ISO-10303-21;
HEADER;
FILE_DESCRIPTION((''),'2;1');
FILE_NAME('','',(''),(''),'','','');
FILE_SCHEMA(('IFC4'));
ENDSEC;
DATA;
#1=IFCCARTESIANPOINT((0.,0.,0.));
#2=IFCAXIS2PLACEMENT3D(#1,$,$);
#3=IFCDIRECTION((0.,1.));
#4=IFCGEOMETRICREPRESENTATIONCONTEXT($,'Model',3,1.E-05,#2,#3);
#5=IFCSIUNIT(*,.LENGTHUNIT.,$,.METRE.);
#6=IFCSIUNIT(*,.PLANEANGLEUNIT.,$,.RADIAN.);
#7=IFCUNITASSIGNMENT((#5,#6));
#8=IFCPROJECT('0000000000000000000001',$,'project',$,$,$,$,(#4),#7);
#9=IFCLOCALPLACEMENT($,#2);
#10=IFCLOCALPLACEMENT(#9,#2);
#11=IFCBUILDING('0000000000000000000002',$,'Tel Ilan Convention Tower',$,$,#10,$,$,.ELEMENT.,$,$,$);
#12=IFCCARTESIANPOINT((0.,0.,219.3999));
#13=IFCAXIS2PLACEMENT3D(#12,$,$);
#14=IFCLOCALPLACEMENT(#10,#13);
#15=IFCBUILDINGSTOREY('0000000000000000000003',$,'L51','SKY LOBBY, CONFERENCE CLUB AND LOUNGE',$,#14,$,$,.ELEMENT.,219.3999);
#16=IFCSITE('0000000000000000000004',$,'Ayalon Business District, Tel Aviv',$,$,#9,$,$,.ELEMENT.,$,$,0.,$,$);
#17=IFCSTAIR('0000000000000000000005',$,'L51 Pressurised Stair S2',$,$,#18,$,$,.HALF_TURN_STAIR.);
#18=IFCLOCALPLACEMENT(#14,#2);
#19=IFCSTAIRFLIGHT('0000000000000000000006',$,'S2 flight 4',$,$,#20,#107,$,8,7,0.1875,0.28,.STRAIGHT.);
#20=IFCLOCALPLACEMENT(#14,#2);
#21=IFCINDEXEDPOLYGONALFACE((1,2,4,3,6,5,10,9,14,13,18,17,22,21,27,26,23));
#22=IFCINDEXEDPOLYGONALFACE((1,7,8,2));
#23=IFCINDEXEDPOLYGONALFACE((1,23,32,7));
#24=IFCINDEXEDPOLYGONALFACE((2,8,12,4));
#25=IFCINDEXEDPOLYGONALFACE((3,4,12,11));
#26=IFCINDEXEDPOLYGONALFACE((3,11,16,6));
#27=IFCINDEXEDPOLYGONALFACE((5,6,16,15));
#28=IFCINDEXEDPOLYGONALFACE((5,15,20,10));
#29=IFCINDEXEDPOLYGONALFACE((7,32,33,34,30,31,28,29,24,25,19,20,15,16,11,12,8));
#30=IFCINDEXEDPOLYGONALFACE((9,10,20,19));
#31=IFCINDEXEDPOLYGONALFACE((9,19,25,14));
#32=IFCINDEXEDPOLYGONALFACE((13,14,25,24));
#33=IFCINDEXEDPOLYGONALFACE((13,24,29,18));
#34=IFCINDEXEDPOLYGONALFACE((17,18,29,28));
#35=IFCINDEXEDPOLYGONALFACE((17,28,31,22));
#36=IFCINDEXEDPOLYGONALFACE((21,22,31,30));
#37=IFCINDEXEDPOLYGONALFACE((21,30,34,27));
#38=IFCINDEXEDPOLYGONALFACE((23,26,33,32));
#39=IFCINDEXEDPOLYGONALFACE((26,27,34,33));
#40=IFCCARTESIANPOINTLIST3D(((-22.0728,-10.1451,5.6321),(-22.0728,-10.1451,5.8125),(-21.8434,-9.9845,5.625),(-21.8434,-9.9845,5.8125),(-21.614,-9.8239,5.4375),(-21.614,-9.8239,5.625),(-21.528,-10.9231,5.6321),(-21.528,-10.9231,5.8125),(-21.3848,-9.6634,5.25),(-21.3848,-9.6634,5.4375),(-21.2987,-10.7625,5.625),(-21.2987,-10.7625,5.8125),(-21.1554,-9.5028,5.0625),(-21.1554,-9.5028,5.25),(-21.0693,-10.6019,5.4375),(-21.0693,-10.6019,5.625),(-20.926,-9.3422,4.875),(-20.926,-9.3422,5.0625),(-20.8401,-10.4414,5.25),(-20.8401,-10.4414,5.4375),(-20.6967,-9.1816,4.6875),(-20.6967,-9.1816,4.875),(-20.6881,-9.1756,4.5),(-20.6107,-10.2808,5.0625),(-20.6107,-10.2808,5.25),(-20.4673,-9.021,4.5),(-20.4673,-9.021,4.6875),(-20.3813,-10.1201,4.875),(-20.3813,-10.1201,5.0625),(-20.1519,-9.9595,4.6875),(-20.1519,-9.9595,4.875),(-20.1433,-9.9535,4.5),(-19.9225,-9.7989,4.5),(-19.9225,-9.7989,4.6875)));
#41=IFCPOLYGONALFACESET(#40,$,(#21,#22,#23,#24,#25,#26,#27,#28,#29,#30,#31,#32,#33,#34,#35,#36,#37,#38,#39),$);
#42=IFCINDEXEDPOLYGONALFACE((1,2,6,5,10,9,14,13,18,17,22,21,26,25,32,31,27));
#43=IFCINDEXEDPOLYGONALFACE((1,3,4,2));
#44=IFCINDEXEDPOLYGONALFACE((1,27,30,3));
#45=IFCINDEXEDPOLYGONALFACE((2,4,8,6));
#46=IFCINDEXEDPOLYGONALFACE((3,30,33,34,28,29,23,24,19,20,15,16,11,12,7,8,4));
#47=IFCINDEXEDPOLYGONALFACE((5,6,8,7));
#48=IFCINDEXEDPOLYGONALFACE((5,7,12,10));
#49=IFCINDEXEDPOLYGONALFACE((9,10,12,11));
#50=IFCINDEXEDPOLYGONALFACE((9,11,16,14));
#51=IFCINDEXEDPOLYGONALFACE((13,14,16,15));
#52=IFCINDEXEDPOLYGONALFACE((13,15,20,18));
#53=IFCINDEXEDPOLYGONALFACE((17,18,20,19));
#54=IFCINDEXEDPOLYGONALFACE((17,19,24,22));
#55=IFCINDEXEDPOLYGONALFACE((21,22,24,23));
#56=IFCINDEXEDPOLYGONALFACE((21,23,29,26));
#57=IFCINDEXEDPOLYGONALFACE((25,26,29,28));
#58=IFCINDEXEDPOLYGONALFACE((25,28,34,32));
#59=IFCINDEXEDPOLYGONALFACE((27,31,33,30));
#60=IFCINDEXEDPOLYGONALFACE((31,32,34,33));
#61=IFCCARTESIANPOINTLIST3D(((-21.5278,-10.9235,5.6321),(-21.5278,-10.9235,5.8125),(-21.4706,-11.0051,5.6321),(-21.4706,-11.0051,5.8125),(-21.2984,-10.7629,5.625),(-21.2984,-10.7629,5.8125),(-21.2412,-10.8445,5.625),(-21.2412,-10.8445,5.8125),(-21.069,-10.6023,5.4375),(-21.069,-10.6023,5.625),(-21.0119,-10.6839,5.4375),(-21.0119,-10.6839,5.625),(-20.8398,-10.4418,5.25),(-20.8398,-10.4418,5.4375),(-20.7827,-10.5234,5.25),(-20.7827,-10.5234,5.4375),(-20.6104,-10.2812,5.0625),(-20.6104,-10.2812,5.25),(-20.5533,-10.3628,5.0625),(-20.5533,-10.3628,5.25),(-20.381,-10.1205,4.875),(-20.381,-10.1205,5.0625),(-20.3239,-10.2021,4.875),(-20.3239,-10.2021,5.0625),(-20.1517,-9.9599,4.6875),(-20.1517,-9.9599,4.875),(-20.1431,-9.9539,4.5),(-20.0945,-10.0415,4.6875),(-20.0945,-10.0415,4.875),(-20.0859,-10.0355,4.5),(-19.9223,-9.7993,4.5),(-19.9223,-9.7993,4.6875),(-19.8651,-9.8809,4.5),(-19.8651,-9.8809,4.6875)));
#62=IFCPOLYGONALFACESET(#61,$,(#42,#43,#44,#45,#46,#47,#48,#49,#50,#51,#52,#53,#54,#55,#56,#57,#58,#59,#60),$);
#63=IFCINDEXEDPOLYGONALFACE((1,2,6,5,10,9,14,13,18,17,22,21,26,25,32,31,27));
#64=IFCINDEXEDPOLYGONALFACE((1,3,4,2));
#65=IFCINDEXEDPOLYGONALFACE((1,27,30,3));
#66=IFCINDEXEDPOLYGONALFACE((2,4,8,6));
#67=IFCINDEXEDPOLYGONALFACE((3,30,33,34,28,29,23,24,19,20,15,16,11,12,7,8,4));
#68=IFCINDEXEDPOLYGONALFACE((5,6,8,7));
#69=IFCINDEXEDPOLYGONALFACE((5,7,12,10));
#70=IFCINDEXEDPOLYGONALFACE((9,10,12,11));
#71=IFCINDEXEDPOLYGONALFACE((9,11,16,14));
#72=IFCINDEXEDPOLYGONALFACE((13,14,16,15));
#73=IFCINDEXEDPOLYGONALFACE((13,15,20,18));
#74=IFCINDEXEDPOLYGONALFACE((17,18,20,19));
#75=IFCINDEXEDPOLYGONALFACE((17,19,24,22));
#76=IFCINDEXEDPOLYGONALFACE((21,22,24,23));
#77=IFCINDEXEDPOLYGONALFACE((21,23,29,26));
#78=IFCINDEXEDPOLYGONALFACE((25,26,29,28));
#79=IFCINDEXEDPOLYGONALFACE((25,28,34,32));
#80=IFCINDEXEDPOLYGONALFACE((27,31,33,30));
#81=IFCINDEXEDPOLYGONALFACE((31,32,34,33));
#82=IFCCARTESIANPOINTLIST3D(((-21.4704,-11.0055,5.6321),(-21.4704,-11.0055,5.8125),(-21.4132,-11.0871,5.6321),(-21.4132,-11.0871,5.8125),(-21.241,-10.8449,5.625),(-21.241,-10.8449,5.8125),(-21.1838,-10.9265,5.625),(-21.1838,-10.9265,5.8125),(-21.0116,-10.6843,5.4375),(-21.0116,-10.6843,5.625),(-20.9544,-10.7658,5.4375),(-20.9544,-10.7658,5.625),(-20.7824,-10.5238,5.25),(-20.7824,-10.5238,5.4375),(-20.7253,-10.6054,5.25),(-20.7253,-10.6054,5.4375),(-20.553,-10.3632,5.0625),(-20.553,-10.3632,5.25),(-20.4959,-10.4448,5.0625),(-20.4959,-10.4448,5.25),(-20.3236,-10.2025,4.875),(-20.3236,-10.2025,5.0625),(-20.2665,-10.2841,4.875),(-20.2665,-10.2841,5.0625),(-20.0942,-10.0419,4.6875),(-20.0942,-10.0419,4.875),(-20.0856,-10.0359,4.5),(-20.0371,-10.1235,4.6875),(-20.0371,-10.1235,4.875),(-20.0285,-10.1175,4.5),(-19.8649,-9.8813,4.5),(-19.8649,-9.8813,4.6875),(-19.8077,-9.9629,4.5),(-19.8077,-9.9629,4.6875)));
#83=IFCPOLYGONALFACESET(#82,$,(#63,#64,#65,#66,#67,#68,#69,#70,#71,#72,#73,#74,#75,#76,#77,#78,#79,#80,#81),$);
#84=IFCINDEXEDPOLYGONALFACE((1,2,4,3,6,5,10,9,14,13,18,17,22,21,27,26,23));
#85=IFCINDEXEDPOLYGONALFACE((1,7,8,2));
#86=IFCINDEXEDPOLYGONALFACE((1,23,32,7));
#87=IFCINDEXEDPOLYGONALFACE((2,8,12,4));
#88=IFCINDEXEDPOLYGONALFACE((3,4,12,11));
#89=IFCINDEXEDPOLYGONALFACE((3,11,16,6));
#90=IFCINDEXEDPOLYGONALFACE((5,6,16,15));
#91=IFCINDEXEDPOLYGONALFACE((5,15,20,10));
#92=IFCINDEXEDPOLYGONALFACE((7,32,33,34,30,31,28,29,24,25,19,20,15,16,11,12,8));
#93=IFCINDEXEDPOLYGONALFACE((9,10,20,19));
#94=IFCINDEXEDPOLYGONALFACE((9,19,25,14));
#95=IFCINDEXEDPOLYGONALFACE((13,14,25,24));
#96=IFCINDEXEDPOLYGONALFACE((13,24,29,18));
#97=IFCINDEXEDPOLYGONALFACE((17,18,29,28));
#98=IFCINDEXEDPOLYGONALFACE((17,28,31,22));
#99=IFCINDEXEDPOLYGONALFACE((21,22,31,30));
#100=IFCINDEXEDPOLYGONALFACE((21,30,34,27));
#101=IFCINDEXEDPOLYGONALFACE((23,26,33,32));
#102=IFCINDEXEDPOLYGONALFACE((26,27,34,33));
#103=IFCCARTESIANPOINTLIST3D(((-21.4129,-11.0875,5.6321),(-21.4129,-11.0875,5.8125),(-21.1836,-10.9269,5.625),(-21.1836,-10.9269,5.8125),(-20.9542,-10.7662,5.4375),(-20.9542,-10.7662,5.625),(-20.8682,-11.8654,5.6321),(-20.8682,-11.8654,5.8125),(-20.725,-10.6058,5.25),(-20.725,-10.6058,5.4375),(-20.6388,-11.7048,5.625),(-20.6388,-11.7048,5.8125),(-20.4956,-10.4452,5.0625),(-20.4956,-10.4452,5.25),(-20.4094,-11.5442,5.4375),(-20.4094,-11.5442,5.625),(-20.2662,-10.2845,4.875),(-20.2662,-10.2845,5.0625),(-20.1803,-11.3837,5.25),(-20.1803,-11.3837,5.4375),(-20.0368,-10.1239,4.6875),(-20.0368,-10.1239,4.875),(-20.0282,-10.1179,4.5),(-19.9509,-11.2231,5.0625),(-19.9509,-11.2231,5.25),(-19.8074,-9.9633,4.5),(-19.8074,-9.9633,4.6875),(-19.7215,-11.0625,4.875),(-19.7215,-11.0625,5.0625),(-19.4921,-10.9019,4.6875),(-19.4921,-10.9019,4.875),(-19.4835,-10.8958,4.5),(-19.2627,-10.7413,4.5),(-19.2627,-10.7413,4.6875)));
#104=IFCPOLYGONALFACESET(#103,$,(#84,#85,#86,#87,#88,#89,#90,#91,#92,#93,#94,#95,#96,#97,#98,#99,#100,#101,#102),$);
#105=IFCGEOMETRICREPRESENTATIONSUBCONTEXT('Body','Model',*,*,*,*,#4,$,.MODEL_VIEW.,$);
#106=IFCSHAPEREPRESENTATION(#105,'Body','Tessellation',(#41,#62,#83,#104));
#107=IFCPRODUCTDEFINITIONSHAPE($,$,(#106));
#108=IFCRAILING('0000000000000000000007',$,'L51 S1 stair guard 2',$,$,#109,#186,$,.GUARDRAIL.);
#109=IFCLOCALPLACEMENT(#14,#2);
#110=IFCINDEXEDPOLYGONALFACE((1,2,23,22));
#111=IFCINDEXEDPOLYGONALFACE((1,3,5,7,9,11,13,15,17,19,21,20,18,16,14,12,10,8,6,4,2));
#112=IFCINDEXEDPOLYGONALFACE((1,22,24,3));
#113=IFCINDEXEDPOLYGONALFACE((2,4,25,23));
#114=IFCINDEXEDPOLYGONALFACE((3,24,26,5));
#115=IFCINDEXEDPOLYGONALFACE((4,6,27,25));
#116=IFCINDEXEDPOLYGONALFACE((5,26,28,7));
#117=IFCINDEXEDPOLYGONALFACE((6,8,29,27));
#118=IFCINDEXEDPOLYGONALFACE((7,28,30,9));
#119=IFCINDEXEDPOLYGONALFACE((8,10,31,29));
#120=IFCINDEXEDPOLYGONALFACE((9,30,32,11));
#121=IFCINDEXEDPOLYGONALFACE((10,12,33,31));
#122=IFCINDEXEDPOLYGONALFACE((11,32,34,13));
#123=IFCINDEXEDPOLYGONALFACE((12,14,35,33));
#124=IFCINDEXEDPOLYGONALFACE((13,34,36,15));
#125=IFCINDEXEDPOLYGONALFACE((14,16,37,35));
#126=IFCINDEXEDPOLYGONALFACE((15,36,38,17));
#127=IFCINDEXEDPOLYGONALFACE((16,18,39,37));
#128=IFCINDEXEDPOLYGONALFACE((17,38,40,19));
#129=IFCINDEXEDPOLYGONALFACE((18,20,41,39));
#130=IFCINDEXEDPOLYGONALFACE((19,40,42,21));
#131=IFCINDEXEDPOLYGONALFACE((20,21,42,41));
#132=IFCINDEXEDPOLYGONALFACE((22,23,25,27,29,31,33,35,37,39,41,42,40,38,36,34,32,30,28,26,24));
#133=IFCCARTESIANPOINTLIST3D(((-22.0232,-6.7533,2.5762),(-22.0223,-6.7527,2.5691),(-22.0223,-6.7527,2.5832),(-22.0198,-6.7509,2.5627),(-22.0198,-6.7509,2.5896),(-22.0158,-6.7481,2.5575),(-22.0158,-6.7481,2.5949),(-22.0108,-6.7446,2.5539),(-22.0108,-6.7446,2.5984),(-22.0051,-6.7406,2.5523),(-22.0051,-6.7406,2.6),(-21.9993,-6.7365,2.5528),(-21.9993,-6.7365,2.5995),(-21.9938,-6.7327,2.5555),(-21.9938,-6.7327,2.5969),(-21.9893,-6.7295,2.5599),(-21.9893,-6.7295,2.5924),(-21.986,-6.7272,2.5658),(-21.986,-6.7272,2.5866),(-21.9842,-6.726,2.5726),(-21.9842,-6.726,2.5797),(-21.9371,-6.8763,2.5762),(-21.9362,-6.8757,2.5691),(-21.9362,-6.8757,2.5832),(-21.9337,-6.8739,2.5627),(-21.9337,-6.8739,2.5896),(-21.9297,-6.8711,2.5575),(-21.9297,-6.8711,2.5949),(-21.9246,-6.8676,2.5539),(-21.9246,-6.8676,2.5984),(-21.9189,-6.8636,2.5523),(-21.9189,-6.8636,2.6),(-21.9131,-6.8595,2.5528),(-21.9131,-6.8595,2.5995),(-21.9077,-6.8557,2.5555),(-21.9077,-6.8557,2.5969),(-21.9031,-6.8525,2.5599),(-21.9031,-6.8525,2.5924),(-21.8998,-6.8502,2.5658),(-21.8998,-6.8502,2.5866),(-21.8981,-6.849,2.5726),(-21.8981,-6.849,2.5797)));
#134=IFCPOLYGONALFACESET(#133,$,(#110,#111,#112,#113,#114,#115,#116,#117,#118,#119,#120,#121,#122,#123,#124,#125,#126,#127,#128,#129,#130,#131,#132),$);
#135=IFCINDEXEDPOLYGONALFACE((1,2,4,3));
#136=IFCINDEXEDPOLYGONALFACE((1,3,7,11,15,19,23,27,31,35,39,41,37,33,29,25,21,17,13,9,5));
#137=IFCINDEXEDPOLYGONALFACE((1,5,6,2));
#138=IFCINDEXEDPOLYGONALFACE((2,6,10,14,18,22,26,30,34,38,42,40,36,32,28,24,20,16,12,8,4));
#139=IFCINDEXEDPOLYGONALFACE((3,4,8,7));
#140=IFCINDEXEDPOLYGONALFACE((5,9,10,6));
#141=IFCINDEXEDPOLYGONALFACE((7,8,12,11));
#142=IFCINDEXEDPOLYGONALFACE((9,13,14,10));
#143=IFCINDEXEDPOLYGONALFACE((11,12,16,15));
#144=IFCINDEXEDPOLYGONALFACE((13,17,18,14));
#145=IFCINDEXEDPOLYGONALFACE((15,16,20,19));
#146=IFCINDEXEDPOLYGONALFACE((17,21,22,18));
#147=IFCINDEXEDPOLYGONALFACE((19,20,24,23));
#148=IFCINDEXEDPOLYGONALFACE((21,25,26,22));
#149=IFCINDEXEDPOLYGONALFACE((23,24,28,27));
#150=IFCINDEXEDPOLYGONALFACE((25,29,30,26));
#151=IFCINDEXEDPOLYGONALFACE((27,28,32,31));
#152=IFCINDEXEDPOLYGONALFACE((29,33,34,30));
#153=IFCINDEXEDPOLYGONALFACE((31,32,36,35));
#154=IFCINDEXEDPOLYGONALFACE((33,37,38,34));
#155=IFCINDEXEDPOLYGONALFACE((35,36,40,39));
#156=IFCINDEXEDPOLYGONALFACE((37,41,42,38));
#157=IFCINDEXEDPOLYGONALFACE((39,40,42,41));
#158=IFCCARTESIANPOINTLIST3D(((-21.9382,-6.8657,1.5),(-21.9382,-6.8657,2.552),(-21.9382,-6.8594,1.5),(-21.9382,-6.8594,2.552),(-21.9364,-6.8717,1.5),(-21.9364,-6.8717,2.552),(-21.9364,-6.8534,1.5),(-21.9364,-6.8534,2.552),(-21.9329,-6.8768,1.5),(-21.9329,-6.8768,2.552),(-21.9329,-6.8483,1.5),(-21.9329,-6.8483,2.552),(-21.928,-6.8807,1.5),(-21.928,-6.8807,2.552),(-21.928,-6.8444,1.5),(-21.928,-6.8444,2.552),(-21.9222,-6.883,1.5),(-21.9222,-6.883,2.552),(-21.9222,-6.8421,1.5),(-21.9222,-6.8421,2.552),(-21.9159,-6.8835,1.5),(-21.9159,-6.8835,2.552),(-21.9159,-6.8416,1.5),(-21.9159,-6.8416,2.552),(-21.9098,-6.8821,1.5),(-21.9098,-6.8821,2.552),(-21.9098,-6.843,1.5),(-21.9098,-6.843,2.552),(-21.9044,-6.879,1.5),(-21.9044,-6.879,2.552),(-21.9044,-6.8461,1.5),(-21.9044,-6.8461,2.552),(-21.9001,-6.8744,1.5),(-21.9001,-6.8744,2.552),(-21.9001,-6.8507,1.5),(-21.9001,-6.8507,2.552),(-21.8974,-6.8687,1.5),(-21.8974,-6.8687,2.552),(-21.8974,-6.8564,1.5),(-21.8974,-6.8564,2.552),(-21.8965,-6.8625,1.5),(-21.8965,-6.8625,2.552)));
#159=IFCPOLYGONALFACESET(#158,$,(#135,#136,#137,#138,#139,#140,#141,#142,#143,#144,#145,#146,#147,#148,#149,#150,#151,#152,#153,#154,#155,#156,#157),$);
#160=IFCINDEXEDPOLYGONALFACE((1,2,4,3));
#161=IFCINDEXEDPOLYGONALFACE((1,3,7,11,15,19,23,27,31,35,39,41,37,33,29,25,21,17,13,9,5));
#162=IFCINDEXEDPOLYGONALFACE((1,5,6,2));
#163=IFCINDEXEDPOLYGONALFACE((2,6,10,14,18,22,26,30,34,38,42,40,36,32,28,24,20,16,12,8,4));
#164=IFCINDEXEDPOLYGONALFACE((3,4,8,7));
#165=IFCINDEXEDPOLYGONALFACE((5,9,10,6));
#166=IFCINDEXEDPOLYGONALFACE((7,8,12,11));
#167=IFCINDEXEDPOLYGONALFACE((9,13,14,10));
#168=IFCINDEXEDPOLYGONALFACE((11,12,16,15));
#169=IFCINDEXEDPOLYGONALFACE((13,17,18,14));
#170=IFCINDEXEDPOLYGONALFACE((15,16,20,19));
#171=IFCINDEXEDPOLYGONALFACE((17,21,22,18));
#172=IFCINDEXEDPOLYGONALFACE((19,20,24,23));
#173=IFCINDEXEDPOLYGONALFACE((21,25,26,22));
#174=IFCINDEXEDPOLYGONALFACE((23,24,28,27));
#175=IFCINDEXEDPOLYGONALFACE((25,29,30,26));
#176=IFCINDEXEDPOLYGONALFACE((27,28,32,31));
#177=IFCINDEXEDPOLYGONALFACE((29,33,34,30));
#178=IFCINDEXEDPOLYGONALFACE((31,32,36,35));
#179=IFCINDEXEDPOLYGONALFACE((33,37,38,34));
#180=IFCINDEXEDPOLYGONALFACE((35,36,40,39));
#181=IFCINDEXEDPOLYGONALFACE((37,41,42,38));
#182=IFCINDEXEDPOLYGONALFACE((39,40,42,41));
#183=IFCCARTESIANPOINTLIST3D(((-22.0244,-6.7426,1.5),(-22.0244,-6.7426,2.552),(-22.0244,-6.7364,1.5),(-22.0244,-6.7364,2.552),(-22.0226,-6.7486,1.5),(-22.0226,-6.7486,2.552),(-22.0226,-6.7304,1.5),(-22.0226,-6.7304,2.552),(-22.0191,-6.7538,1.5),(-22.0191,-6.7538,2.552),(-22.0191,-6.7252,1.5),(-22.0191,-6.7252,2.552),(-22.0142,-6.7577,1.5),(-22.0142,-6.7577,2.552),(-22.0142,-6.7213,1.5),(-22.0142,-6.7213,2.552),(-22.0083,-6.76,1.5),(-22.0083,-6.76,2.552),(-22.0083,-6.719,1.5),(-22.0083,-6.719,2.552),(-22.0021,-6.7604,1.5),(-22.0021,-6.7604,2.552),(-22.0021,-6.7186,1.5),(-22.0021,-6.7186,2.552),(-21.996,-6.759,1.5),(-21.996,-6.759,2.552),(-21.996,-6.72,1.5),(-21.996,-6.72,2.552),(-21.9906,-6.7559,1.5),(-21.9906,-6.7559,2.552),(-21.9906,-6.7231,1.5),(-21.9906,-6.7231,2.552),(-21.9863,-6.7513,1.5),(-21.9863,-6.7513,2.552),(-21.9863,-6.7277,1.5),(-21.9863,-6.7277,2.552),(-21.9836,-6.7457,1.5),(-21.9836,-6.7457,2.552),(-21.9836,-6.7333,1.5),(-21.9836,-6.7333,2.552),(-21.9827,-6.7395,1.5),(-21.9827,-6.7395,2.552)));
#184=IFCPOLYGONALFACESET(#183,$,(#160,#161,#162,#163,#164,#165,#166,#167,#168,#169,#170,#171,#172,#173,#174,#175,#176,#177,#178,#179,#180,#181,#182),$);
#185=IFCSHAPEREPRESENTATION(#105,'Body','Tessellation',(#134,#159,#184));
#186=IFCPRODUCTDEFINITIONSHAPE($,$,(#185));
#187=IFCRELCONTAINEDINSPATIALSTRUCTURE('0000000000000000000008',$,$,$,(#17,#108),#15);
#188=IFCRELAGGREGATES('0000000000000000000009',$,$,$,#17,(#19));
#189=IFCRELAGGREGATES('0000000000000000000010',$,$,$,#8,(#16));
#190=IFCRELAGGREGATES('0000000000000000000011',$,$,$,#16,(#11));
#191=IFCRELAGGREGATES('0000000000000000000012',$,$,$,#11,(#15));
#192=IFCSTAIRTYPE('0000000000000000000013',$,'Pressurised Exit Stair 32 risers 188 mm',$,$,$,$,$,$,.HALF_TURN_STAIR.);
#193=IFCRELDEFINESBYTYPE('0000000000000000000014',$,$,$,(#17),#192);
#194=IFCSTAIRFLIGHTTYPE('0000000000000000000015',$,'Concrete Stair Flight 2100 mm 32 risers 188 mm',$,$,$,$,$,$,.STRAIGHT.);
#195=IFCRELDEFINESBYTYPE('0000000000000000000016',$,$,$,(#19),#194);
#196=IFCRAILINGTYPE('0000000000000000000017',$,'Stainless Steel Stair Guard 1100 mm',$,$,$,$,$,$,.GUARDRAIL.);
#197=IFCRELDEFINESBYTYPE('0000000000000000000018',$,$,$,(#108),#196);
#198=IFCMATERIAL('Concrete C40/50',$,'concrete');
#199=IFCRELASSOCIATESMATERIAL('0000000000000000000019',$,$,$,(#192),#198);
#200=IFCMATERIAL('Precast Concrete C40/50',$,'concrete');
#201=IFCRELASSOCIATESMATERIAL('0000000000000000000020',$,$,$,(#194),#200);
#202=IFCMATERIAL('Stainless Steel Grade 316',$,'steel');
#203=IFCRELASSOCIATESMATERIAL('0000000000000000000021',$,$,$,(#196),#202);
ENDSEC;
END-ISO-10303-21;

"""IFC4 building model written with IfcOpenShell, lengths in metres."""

from ifc_helpers import new_model, si_unit, direction, frame, origin, origin_2d, place, context, subcontext, project, spatial, polyline, circle, outline, extrude, material, type_object, element, aggregate, save


model = new_model("IFC4")

# Units and contexts
model_context = context("Model", 3, precision=1e-05, world=origin(), true_north=direction((0.0, 1.0)))
body_context = subcontext(model_context, "Body", "Model", "MODEL_VIEW")
ifc_project = project(units=[si_unit("LENGTHUNIT", "METRE"), si_unit("PLANEANGLEUNIT", "RADIAN")], contexts=[model_context])

# Site, building, storey
site_placement = place(None, origin())
site = spatial("IfcSite", under=ifc_project, at=site_placement, Name="Ayalon Business District, Tel Aviv", CompositionType="ELEMENT", RefElevation=0.0)
building_placement = place(site_placement, origin())
building = spatial("IfcBuilding", under=site, at=building_placement, Name="Tel Ilan Convention Tower", CompositionType="ELEMENT")
storey_placement = place(building_placement, frame((0.0, 0.0, 219.3999)))
storey = spatial("IfcBuildingStorey", under=building, at=storey_placement, Name="L51", Description="SKY LOBBY, CONFERENCE CLUB AND LOUNGE", CompositionType="ELEMENT", Elevation=219.3999)

# Stair, stair flight
ifc_material_1 = material(Name="Concrete C40/50", Category="concrete")
stair_type = type_object("IfcStairType", Name="Pressurised Exit Stair 32 risers 188 mm", PredefinedType="HALF_TURN_STAIR", material=ifc_material_1)
ifc_material_2 = material(Name="Precast Concrete C40/50", Category="concrete")
stair_flight_type = type_object("IfcStairFlightType", Name="Concrete Stair Flight 2100 mm 32 risers 188 mm", PredefinedType="STRAIGHT", material=ifc_material_2)
stair_1_placement = place(storey_placement, origin())
stair_1 = element("IfcStair", 1, at=stair_1_placement, inside=storey, type_object=stair_type, Name="L51 Pressurised Stair S2", PredefinedType="HALF_TURN_STAIR")
stair_flight_1_placement = place(storey_placement, frame((-19.865, -9.8811, 4.5), z_axis=(0.0, 0.0, 1.0), x_axis=(-0.819152, -0.573576, 0.0)))
stair_flight_1 = element("IfcStairFlight", 2, at=stair_flight_1_placement, type_object=stair_flight_type, Name="S2 flight 4", NumberOfRisers=8, NumberOfTreads=7, PredefinedType="STRAIGHT", RiserHeight=0.1875, TreadLength=0.28, context=body_context, shape_type="SweptSolid", body=[
    extrude(outline(polyline([(0.0, 0.0), (0.0, 0.1875), (0.28, 0.1875), (0.28, 0.375), (0.5601, 0.375), (0.5601, 0.5625), (0.8401, 0.5625), (0.8401, 0.75), (1.1201, 0.75), (1.1201, 0.9375), (1.3999, 0.9375), (1.3999, 1.125), (1.6799, 1.125), (1.6799, 1.3125), (1.96, 1.3125), (1.96, 1.5), (1.96, 1.1321), (0.2695, 0.0), (0.0, 0.0)])), frame((0.0, -0.1003, 0.0), z_axis=(0.0, -1.0, 0.0), x_axis=(1.0, 0.0, 0.0)), (0.0, 0.0, 1.0), 0.9497),
    extrude(outline(polyline([(0.0, 0.0), (0.0, 0.1875), (0.28, 0.1875), (0.28, 0.375), (0.5601, 0.375), (0.5601, 0.5625), (0.8401, 0.5625), (0.8401, 0.75), (1.1201, 0.75), (1.1201, 0.9375), (1.3999, 0.9375), (1.3999, 1.125), (1.6799, 1.125), (1.6799, 1.3125), (1.96, 1.3125), (1.96, 1.5), (1.96, 1.1321), (0.2695, 0.0), (0.0, 0.0)])), frame((0.0, -0.0002, 0.0), z_axis=(0.0, -1.0, 0.0), x_axis=(1.0, 0.0, 0.0)), (0.0, 0.0, 1.0), 0.0996),
    extrude(outline(polyline([(0.0, 0.0), (0.0, 0.1875), (0.28, 0.1875), (0.28, 0.375), (0.5601, 0.375), (0.5601, 0.5625), (0.8401, 0.5625), (0.8401, 0.75), (1.1201, 0.75), (1.1201, 0.9375), (1.3999, 0.9375), (1.3999, 1.125), (1.6799, 1.125), (1.6799, 1.3125), (1.96, 1.3125), (1.96, 1.5), (1.96, 1.1321), (0.2695, 0.0), (0.0, 0.0)])), frame((0.0, 0.0999, 0.0), z_axis=(0.0, -1.0, 0.0), x_axis=(1.0, 0.0, 0.0)), (0.0, 0.0, 1.0), 0.0996),
    extrude(outline(polyline([(0.0, 0.0), (0.0, 0.1875), (0.28, 0.1875), (0.28, 0.375), (0.5601, 0.375), (0.5601, 0.5625), (0.8401, 0.5625), (0.8401, 0.75), (1.1201, 0.75), (1.1201, 0.9375), (1.3999, 0.9375), (1.3999, 1.125), (1.6799, 1.125), (1.6799, 1.3125), (1.96, 1.3125), (1.96, 1.5), (1.96, 1.1321), (0.2695, 0.0), (0.0, 0.0)])), frame((0.0, 1.05, 0.0), z_axis=(0.0, -1.0, 0.0), x_axis=(1.0, 0.0, 0.0)), (0.0, 0.0, 1.0), 0.9497),
])
aggregate(stair_1, [stair_flight_1])

# Railing
ifc_material_3 = material(Name="Stainless Steel Grade 316", Category="steel")
railing_type_1 = type_object("IfcRailingType", Name="Stainless Steel Stair Guard 1100 mm", PredefinedType="GUARDRAIL", material=ifc_material_3)
railing_1_placement = place(storey_placement, frame((-21.9175, -6.8625, 1.5)))
element("IfcRailing", 3, at=railing_1_placement, inside=storey, type_object=railing_type_1, Name="L51 S1 stair guard 2", PredefinedType="GUARDRAIL", context=body_context, shape_type="SweptSolid", body=[
    extrude(circle(Radius=0.0239, at=origin_2d()), frame((0.0, 0.0, 1.0762), z_axis=(-0.57368, 0.819079, 0.0), x_axis=(-0.819079, -0.57368, 0.0)), (0.0, 0.0, 1.0), 0.1501),
    extrude(circle(Radius=0.021, at=origin_2d()), origin(), (0.0, 0.0, 1.0), 1.052),
    extrude(circle(Radius=0.021, at=origin_2d()), frame((-0.0862, 0.123, 0.0)), (0.0, 0.0, 1.0), 1.052),
])

save(model, "model.ifc")
